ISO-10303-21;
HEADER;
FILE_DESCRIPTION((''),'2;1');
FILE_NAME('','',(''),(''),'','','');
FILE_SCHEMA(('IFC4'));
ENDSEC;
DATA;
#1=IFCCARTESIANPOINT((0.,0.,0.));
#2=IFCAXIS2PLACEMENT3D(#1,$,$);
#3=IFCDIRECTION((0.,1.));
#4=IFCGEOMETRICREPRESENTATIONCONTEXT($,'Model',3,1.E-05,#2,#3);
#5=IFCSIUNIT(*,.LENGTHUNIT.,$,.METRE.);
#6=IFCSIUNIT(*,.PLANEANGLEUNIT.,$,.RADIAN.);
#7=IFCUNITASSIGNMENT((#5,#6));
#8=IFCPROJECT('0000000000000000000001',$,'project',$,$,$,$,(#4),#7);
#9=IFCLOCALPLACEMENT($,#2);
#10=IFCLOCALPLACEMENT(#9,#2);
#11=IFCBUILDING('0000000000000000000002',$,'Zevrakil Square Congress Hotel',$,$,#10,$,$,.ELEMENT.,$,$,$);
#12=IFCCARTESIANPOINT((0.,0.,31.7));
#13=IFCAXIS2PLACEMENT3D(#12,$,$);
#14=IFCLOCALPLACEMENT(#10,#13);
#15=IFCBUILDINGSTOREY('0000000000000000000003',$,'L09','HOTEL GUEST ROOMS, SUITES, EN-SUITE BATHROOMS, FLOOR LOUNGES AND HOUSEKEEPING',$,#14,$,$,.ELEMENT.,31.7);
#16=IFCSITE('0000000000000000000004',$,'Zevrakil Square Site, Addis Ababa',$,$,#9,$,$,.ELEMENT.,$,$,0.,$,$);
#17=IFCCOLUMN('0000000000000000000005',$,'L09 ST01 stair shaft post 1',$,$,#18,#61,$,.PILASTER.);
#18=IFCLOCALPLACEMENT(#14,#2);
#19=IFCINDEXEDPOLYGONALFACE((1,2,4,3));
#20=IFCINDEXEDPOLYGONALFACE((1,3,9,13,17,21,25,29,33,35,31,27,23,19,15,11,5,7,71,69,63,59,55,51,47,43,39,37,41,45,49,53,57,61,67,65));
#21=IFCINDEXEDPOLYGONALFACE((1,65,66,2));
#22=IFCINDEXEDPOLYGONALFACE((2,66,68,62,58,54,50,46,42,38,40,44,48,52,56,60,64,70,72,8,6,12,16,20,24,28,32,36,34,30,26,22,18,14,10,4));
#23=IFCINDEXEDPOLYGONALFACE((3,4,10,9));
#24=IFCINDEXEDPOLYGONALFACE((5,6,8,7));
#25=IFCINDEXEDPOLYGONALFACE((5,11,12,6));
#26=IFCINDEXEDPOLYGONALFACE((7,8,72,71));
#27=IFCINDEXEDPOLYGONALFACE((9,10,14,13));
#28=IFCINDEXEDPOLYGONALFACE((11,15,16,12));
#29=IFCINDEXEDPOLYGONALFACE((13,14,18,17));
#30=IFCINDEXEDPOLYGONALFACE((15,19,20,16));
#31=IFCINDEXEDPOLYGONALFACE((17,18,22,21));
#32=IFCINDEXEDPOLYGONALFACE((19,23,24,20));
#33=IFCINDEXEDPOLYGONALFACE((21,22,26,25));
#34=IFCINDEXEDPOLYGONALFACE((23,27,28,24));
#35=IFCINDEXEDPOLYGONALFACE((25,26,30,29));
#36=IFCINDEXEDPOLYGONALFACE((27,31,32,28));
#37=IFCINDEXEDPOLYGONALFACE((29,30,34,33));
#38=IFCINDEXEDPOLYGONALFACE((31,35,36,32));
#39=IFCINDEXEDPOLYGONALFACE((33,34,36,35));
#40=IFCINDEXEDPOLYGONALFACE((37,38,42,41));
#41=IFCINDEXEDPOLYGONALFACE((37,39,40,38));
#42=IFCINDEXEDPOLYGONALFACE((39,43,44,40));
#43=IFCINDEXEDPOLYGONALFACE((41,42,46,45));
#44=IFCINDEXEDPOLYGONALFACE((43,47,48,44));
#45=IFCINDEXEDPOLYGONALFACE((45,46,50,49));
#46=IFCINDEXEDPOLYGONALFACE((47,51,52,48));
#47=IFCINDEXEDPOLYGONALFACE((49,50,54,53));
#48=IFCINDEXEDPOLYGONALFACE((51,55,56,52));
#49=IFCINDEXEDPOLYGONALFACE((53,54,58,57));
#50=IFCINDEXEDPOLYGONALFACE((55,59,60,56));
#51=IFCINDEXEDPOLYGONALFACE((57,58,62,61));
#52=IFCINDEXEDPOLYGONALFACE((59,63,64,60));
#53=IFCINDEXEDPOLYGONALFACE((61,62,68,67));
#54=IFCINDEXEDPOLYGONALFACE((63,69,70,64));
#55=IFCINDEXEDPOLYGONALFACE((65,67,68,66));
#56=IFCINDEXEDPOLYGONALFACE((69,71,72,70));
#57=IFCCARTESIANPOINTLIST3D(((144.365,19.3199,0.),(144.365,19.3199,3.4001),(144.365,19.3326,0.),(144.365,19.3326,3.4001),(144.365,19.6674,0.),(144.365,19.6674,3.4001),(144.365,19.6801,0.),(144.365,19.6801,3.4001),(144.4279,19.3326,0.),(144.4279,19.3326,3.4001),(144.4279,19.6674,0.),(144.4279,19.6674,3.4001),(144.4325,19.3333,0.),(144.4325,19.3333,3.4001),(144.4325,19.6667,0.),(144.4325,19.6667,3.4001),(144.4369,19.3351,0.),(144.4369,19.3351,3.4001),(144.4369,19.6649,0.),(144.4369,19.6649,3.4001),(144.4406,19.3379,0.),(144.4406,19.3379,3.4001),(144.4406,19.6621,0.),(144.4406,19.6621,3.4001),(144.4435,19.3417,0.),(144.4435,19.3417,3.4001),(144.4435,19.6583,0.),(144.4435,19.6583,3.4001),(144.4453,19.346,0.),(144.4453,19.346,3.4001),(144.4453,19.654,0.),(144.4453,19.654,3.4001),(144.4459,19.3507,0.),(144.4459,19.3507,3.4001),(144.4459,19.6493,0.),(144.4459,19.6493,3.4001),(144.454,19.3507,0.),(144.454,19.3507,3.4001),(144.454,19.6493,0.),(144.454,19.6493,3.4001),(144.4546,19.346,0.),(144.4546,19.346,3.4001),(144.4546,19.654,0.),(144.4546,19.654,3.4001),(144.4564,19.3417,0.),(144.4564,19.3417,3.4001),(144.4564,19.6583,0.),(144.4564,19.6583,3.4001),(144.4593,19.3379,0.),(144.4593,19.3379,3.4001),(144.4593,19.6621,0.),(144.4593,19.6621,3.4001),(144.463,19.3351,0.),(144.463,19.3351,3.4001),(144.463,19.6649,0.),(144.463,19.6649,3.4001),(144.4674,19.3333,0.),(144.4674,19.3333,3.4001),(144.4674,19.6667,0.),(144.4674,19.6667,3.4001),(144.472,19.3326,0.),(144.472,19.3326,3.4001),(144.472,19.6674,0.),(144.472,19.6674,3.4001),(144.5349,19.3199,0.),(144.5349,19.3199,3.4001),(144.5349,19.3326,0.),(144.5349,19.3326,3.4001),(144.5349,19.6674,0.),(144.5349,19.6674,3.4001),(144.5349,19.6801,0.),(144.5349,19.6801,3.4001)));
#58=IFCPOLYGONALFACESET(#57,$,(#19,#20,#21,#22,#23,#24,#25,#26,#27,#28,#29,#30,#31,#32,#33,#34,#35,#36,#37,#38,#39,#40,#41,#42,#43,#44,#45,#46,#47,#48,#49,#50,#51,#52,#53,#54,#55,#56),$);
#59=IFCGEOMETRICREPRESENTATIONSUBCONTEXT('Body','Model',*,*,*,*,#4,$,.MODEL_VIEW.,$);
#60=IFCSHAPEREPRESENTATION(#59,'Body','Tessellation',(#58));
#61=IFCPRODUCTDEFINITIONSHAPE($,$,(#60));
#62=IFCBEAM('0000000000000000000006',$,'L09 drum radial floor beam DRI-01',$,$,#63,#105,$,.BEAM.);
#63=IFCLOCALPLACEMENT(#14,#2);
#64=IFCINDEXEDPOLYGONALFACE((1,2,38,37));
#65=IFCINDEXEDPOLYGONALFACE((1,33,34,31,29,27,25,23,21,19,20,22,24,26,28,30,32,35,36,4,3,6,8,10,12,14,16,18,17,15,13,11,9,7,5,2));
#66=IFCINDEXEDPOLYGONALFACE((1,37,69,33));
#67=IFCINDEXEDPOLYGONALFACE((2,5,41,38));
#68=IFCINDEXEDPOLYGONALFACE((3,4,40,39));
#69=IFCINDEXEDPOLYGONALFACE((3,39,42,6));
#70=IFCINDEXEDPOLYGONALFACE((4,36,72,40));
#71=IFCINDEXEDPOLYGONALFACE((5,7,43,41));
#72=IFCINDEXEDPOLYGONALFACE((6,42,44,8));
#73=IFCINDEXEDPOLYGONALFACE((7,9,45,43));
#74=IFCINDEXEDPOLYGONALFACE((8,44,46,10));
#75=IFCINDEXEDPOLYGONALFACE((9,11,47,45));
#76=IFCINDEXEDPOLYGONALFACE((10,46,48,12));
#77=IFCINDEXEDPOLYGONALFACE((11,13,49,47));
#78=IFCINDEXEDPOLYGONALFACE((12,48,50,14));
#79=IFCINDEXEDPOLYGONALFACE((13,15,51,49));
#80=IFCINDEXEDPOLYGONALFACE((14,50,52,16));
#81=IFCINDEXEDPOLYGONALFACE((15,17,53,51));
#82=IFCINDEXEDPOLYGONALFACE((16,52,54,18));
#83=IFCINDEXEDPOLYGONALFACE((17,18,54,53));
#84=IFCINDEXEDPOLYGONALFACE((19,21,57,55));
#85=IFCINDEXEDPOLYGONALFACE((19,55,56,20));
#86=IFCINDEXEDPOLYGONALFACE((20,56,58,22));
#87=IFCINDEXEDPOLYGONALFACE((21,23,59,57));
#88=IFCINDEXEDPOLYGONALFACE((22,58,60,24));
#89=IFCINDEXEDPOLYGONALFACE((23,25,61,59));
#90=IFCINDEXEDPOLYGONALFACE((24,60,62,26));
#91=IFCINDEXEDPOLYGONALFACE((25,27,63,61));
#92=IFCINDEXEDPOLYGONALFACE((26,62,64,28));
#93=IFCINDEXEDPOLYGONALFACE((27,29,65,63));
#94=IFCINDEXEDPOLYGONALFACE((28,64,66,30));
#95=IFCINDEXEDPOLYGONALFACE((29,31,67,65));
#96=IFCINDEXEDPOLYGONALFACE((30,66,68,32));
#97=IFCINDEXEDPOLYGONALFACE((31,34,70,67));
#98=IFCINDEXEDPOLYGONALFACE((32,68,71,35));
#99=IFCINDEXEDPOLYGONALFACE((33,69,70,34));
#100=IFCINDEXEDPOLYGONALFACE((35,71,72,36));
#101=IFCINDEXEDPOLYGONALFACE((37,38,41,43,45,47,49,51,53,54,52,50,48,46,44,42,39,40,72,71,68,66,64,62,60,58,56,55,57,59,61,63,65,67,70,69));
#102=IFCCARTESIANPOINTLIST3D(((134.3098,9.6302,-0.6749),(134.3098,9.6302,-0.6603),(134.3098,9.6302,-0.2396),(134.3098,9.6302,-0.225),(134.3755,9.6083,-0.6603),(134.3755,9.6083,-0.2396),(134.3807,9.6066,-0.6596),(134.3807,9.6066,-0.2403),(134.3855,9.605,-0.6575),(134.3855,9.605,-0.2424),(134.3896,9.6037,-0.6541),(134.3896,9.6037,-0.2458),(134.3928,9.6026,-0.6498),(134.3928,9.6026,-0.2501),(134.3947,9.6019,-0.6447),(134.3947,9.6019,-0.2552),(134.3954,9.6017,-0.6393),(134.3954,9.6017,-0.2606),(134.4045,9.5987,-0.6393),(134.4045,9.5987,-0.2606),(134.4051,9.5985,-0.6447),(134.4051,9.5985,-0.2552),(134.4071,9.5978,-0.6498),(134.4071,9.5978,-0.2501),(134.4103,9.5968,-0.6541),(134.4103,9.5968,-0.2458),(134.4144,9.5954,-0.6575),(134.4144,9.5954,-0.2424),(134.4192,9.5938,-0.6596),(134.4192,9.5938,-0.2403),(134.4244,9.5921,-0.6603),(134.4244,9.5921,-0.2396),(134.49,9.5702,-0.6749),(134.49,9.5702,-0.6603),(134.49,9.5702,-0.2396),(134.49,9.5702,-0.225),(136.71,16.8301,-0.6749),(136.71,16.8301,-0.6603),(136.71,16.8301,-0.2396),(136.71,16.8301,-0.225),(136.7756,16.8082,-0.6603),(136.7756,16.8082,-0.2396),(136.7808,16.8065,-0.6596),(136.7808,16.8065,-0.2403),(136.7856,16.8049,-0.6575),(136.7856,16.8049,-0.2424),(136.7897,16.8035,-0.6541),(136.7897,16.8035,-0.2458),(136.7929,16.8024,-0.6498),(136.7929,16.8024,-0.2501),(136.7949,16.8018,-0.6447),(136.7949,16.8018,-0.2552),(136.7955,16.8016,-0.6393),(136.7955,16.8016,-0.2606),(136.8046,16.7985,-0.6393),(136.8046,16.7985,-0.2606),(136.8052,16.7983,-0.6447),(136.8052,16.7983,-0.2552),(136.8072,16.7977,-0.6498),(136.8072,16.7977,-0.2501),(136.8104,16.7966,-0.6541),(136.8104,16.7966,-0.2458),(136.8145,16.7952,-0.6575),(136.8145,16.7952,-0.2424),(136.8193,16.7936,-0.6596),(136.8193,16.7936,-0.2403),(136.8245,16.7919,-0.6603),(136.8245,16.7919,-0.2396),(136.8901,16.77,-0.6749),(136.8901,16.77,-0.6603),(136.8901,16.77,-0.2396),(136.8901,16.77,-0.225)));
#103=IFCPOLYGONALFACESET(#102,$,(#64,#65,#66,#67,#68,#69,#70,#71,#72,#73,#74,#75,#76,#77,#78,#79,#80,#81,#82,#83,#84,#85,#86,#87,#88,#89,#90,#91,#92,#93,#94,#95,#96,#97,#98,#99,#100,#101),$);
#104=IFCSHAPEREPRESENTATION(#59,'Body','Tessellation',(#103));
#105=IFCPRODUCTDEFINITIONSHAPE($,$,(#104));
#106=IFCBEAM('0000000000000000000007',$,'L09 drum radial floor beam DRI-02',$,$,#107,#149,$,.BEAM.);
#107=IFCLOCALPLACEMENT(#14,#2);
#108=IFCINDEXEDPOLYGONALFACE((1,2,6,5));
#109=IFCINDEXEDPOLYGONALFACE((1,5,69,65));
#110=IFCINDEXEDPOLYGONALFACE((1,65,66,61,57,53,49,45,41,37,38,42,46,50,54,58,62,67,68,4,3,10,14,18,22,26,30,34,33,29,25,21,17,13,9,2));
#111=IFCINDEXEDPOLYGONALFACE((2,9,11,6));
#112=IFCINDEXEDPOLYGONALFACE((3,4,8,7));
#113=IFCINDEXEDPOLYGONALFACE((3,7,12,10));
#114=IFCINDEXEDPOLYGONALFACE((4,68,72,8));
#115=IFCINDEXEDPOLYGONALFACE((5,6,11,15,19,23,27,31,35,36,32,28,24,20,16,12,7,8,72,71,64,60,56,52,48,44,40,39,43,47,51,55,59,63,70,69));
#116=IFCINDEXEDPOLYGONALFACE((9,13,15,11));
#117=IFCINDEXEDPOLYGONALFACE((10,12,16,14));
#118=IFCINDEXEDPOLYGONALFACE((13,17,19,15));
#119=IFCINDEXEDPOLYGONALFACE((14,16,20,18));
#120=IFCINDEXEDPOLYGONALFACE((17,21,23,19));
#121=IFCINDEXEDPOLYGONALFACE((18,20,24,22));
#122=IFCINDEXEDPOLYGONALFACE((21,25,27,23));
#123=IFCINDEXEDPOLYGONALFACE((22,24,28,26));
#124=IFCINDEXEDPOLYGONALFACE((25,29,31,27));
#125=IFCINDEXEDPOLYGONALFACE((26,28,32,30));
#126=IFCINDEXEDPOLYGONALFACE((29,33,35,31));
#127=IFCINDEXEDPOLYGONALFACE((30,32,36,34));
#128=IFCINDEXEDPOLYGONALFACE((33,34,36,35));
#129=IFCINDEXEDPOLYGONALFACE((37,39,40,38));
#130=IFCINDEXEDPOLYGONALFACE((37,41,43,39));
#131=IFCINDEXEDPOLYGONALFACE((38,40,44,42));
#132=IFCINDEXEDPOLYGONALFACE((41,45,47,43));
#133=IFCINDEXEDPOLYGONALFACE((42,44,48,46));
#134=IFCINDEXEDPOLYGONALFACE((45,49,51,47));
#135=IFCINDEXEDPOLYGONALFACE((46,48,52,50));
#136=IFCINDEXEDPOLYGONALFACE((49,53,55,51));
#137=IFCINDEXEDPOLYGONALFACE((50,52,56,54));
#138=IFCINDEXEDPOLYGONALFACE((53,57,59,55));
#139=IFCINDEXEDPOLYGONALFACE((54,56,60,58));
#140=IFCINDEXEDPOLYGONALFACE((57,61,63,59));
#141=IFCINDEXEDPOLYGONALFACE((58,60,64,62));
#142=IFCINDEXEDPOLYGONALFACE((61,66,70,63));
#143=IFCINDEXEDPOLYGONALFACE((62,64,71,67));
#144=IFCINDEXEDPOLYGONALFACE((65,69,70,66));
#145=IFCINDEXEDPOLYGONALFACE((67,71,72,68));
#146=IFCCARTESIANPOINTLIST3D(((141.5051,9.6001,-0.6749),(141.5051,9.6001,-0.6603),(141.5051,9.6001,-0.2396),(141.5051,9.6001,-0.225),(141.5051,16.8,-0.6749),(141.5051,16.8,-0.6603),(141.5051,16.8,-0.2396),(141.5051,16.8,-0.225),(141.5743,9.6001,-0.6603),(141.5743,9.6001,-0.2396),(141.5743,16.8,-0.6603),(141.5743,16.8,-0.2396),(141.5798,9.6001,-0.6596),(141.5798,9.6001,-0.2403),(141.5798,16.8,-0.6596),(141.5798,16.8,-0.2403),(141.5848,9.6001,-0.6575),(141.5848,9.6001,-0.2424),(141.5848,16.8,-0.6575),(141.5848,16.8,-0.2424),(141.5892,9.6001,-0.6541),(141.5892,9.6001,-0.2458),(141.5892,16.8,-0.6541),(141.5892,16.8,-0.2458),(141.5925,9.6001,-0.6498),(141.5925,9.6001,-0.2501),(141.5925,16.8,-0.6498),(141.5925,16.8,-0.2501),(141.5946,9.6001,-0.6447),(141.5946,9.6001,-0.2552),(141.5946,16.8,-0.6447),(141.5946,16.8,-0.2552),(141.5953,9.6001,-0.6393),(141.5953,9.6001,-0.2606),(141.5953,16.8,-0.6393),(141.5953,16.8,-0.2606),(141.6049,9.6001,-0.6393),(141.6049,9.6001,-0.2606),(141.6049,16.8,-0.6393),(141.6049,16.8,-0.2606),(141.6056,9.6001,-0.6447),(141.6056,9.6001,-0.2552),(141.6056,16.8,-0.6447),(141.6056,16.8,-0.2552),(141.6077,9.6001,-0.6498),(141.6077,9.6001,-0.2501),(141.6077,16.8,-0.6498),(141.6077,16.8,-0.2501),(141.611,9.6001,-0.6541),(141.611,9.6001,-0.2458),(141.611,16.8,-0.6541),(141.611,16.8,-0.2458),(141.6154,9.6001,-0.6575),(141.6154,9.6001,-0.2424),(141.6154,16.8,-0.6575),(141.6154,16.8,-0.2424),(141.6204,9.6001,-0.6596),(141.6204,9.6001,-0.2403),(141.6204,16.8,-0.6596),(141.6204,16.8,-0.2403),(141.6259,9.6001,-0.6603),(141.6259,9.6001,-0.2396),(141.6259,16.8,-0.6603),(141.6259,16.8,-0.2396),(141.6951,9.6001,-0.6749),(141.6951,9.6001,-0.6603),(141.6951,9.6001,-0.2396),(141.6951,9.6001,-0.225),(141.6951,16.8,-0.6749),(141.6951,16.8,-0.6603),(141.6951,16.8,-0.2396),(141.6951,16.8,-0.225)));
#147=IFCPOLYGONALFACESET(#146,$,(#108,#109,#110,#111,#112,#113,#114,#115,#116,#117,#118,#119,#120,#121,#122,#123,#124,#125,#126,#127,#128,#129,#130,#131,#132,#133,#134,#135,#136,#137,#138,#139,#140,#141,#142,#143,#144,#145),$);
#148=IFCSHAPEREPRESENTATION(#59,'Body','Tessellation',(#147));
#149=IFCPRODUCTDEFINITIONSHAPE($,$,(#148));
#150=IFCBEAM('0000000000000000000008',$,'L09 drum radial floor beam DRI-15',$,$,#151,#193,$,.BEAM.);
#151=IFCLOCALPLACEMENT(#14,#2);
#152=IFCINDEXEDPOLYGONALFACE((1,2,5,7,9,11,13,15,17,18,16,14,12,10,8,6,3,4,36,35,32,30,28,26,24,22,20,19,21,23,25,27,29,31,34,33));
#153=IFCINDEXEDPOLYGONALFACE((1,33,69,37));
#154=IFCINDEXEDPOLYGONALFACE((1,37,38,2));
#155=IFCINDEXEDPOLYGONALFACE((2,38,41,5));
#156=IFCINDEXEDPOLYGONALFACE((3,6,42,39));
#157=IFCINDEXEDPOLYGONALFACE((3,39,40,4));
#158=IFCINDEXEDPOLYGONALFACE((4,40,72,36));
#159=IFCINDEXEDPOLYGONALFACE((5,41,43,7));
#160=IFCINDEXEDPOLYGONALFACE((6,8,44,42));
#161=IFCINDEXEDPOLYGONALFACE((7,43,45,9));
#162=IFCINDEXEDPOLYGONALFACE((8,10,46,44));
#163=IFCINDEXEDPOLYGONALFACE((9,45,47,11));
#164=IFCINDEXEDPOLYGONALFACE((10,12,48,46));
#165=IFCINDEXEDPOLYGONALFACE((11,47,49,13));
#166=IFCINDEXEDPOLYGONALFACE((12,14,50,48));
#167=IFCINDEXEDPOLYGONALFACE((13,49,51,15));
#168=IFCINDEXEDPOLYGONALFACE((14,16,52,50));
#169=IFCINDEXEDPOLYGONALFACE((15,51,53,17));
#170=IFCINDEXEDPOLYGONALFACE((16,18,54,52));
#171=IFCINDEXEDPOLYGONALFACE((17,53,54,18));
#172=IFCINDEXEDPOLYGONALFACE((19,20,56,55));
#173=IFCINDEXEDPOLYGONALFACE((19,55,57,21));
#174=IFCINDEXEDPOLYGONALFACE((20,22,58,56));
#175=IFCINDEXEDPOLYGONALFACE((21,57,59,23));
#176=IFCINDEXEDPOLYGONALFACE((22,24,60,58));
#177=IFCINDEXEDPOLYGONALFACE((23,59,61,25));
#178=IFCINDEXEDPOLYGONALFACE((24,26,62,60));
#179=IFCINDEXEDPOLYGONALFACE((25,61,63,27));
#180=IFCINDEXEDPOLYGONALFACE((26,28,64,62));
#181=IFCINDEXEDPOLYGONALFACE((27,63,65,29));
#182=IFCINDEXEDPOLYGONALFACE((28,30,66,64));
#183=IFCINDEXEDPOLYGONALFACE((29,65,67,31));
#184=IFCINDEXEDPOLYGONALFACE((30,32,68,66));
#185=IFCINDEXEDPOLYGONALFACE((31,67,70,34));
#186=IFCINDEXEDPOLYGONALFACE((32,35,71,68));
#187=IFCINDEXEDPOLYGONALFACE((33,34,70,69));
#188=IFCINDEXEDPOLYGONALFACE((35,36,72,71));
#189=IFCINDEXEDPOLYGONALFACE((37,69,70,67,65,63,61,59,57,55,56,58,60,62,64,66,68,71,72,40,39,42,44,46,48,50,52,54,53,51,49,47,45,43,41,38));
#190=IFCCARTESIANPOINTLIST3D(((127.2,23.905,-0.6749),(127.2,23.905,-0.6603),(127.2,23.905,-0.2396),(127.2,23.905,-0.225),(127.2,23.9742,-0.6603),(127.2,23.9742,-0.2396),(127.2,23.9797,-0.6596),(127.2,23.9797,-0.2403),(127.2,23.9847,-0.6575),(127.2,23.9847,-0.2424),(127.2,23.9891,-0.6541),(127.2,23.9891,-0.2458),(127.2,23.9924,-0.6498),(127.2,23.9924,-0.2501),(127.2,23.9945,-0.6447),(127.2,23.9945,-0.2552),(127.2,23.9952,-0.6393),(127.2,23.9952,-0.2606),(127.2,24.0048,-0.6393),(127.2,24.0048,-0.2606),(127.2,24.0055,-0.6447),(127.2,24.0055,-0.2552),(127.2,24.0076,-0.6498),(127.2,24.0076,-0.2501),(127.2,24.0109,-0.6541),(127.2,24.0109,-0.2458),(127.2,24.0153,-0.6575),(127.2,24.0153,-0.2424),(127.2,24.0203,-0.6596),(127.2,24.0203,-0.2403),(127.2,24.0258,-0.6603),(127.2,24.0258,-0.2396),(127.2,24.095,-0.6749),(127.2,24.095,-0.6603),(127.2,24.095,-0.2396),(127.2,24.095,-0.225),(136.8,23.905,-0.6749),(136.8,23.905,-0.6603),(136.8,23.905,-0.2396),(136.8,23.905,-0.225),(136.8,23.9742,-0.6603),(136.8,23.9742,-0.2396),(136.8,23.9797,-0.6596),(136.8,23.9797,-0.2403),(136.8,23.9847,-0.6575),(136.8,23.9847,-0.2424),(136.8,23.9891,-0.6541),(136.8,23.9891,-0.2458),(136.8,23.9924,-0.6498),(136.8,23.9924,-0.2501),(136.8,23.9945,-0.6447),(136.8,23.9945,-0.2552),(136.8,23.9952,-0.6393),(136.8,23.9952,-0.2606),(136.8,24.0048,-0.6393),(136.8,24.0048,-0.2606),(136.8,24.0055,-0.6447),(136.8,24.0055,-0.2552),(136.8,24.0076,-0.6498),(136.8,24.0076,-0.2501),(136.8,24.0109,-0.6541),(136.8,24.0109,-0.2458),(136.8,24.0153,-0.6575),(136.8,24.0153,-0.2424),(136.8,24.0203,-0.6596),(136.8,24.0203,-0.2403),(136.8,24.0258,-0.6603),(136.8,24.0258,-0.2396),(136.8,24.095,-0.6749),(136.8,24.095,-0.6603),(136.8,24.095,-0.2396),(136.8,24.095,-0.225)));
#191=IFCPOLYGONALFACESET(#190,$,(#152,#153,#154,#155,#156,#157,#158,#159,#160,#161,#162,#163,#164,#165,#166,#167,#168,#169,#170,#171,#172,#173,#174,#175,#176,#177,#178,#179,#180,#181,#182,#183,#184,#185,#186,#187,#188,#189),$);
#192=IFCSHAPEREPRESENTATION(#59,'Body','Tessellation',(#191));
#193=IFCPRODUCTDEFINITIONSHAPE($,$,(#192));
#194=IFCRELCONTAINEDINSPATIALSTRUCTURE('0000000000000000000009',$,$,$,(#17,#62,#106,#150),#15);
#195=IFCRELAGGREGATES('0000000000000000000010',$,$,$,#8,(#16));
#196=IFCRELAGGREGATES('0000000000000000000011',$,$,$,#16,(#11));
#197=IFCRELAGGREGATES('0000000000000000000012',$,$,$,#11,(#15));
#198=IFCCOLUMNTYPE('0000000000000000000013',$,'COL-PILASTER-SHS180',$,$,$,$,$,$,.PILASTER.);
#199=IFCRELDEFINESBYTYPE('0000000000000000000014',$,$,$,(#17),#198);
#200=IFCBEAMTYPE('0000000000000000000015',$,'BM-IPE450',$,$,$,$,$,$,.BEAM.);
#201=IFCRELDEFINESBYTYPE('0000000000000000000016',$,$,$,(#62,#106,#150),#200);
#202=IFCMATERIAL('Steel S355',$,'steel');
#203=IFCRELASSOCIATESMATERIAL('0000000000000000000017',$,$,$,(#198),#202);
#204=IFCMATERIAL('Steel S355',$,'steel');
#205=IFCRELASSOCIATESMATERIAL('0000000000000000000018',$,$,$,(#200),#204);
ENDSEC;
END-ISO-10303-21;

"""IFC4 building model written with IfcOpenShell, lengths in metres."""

from ifc_helpers import new_model, si_unit, direction, frame, origin, origin_2d, place, context, subcontext, project, spatial, i_section, extrude, material, material_profile, profile_set, type_object, element, save


model = new_model("IFC4")

# Units and contexts
model_context = context("Model", 3, precision=1e-05, world=origin(), true_north=direction((0.0, 1.0)))
body_context = subcontext(model_context, "Body", "Model", "MODEL_VIEW")
ifc_project = project(units=[si_unit("LENGTHUNIT", "METRE"), si_unit("PLANEANGLEUNIT", "RADIAN")], contexts=[model_context])

# Site, building, storey
site_placement = place(None, origin())
site = spatial("IfcSite", under=ifc_project, at=site_placement, Name="Zevrakil Square Site, Addis Ababa", CompositionType="ELEMENT", RefElevation=0.0)
building_placement = place(site_placement, origin())
building = spatial("IfcBuilding", under=site, at=building_placement, Name="Zevrakil Square Congress Hotel", CompositionType="ELEMENT")
storey_placement = place(building_placement, frame((0.0, 0.0, 31.7)))
storey = spatial("IfcBuildingStorey", under=building, at=storey_placement, Name="L09", Description="HOTEL GUEST ROOMS, SUITES, EN-SUITE BATHROOMS, FLOOR LOUNGES AND HOUSEKEEPING", CompositionType="ELEMENT", Elevation=31.7)

# Column
ifc_material_1 = material(Name="Steel S355", Category="steel")
ifc_material_profile_1 = material_profile(ifc_material_1, i_section(OverallWidth=0.1699, OverallDepth=0.3601, WebThickness=0.0081, FlangeThickness=0.0127, FilletRadius=0.0181, at=origin_2d()), Name="IPE 360")
ifc_profile_set_1 = profile_set([ifc_material_profile_1], Name="Steel S355")
column_type = type_object("IfcColumnType", Name="COL-PILASTER-SHS180", PredefinedType="PILASTER", material=ifc_profile_set_1)
column_placement = place(storey_placement, frame((144.45, 19.5, 0.0), z_axis=(0.0, 0.0, 1.0), x_axis=(1.0, 0.0, 0.0)))
element("IfcColumn", 1, at=column_placement, inside=storey, type_object=column_type, Name="L09 ST01 stair shaft post 1", PredefinedType="PILASTER", context=body_context, shape_type="SweptSolid", body=[
    extrude(i_section(OverallWidth=0.1699, OverallDepth=0.3601, WebThickness=0.0081, FlangeThickness=0.0127, FilletRadius=0.0181, at=origin_2d()), origin(), (0.0, 0.0, 1.0), 3.4001),
])

# Beams
ifc_material_2 = material(Name="Steel S355", Category="steel")
ifc_material_profile_2 = material_profile(ifc_material_2, i_section(OverallWidth=0.1899, OverallDepth=0.45, WebThickness=0.0095, FlangeThickness=0.0146, FilletRadius=0.021, at=origin_2d()), Name="IPE 450")
ifc_profile_set_2 = profile_set([ifc_material_profile_2], Name="Steel S355")
beam_type = type_object("IfcBeamType", Name="BM-IPE450", PredefinedType="BEAM", material=ifc_profile_set_2)
beam_1_placement = place(storey_placement, frame((136.8, 16.8, -0.45), z_axis=(-0.316247, -0.948677, 0.0), x_axis=(0.948677, -0.316247, 0.0)))
element("IfcBeam", 2, at=beam_1_placement, inside=storey, type_object=beam_type, Name="L09 drum radial floor beam DRI-01", PredefinedType="BEAM", context=body_context, shape_type="SweptSolid", body=[
    extrude(i_section(OverallWidth=0.1899, OverallDepth=0.45, WebThickness=0.0095, FlangeThickness=0.0146, FilletRadius=0.021, at=origin_2d()), origin(), (0.0, 0.0, 1.0), 7.5894),
])
beam_2_placement = place(storey_placement, frame((141.6001, 16.8, -0.45), z_axis=(0.0, -1.0, 0.0), x_axis=(1.0, 0.0, 0.0)))
element("IfcBeam", 3, at=beam_2_placement, inside=storey, type_object=beam_type, Name="L09 drum radial floor beam DRI-02", PredefinedType="BEAM", context=body_context, shape_type="SweptSolid", body=[
    extrude(i_section(OverallWidth=0.1899, OverallDepth=0.45, WebThickness=0.0095, FlangeThickness=0.0146, FilletRadius=0.021, at=origin_2d()), origin(), (0.0, 0.0, 1.0), 7.2),
])
for number, where, z_axis, x_axis, name in (
    (4, (136.8, 24.0, -0.45), (-1.0, 0.0, 0.0), (0.0, -1.0, 0.0), "L09 drum radial floor beam DRI-15"),
):
    element("IfcBeam", number, at=place(storey_placement, frame(where, z_axis=z_axis, x_axis=x_axis)), inside=storey, type_object=beam_type, Name=name, PredefinedType="BEAM", context=body_context, shape_type="SweptSolid", body=[
        extrude(i_section(OverallWidth=0.1899, OverallDepth=0.45, WebThickness=0.0095, FlangeThickness=0.0146, FilletRadius=0.021, at=origin_2d()), origin(), (0.0, 0.0, 1.0), 9.6001),
    ])

save(model, "model.ifc")
